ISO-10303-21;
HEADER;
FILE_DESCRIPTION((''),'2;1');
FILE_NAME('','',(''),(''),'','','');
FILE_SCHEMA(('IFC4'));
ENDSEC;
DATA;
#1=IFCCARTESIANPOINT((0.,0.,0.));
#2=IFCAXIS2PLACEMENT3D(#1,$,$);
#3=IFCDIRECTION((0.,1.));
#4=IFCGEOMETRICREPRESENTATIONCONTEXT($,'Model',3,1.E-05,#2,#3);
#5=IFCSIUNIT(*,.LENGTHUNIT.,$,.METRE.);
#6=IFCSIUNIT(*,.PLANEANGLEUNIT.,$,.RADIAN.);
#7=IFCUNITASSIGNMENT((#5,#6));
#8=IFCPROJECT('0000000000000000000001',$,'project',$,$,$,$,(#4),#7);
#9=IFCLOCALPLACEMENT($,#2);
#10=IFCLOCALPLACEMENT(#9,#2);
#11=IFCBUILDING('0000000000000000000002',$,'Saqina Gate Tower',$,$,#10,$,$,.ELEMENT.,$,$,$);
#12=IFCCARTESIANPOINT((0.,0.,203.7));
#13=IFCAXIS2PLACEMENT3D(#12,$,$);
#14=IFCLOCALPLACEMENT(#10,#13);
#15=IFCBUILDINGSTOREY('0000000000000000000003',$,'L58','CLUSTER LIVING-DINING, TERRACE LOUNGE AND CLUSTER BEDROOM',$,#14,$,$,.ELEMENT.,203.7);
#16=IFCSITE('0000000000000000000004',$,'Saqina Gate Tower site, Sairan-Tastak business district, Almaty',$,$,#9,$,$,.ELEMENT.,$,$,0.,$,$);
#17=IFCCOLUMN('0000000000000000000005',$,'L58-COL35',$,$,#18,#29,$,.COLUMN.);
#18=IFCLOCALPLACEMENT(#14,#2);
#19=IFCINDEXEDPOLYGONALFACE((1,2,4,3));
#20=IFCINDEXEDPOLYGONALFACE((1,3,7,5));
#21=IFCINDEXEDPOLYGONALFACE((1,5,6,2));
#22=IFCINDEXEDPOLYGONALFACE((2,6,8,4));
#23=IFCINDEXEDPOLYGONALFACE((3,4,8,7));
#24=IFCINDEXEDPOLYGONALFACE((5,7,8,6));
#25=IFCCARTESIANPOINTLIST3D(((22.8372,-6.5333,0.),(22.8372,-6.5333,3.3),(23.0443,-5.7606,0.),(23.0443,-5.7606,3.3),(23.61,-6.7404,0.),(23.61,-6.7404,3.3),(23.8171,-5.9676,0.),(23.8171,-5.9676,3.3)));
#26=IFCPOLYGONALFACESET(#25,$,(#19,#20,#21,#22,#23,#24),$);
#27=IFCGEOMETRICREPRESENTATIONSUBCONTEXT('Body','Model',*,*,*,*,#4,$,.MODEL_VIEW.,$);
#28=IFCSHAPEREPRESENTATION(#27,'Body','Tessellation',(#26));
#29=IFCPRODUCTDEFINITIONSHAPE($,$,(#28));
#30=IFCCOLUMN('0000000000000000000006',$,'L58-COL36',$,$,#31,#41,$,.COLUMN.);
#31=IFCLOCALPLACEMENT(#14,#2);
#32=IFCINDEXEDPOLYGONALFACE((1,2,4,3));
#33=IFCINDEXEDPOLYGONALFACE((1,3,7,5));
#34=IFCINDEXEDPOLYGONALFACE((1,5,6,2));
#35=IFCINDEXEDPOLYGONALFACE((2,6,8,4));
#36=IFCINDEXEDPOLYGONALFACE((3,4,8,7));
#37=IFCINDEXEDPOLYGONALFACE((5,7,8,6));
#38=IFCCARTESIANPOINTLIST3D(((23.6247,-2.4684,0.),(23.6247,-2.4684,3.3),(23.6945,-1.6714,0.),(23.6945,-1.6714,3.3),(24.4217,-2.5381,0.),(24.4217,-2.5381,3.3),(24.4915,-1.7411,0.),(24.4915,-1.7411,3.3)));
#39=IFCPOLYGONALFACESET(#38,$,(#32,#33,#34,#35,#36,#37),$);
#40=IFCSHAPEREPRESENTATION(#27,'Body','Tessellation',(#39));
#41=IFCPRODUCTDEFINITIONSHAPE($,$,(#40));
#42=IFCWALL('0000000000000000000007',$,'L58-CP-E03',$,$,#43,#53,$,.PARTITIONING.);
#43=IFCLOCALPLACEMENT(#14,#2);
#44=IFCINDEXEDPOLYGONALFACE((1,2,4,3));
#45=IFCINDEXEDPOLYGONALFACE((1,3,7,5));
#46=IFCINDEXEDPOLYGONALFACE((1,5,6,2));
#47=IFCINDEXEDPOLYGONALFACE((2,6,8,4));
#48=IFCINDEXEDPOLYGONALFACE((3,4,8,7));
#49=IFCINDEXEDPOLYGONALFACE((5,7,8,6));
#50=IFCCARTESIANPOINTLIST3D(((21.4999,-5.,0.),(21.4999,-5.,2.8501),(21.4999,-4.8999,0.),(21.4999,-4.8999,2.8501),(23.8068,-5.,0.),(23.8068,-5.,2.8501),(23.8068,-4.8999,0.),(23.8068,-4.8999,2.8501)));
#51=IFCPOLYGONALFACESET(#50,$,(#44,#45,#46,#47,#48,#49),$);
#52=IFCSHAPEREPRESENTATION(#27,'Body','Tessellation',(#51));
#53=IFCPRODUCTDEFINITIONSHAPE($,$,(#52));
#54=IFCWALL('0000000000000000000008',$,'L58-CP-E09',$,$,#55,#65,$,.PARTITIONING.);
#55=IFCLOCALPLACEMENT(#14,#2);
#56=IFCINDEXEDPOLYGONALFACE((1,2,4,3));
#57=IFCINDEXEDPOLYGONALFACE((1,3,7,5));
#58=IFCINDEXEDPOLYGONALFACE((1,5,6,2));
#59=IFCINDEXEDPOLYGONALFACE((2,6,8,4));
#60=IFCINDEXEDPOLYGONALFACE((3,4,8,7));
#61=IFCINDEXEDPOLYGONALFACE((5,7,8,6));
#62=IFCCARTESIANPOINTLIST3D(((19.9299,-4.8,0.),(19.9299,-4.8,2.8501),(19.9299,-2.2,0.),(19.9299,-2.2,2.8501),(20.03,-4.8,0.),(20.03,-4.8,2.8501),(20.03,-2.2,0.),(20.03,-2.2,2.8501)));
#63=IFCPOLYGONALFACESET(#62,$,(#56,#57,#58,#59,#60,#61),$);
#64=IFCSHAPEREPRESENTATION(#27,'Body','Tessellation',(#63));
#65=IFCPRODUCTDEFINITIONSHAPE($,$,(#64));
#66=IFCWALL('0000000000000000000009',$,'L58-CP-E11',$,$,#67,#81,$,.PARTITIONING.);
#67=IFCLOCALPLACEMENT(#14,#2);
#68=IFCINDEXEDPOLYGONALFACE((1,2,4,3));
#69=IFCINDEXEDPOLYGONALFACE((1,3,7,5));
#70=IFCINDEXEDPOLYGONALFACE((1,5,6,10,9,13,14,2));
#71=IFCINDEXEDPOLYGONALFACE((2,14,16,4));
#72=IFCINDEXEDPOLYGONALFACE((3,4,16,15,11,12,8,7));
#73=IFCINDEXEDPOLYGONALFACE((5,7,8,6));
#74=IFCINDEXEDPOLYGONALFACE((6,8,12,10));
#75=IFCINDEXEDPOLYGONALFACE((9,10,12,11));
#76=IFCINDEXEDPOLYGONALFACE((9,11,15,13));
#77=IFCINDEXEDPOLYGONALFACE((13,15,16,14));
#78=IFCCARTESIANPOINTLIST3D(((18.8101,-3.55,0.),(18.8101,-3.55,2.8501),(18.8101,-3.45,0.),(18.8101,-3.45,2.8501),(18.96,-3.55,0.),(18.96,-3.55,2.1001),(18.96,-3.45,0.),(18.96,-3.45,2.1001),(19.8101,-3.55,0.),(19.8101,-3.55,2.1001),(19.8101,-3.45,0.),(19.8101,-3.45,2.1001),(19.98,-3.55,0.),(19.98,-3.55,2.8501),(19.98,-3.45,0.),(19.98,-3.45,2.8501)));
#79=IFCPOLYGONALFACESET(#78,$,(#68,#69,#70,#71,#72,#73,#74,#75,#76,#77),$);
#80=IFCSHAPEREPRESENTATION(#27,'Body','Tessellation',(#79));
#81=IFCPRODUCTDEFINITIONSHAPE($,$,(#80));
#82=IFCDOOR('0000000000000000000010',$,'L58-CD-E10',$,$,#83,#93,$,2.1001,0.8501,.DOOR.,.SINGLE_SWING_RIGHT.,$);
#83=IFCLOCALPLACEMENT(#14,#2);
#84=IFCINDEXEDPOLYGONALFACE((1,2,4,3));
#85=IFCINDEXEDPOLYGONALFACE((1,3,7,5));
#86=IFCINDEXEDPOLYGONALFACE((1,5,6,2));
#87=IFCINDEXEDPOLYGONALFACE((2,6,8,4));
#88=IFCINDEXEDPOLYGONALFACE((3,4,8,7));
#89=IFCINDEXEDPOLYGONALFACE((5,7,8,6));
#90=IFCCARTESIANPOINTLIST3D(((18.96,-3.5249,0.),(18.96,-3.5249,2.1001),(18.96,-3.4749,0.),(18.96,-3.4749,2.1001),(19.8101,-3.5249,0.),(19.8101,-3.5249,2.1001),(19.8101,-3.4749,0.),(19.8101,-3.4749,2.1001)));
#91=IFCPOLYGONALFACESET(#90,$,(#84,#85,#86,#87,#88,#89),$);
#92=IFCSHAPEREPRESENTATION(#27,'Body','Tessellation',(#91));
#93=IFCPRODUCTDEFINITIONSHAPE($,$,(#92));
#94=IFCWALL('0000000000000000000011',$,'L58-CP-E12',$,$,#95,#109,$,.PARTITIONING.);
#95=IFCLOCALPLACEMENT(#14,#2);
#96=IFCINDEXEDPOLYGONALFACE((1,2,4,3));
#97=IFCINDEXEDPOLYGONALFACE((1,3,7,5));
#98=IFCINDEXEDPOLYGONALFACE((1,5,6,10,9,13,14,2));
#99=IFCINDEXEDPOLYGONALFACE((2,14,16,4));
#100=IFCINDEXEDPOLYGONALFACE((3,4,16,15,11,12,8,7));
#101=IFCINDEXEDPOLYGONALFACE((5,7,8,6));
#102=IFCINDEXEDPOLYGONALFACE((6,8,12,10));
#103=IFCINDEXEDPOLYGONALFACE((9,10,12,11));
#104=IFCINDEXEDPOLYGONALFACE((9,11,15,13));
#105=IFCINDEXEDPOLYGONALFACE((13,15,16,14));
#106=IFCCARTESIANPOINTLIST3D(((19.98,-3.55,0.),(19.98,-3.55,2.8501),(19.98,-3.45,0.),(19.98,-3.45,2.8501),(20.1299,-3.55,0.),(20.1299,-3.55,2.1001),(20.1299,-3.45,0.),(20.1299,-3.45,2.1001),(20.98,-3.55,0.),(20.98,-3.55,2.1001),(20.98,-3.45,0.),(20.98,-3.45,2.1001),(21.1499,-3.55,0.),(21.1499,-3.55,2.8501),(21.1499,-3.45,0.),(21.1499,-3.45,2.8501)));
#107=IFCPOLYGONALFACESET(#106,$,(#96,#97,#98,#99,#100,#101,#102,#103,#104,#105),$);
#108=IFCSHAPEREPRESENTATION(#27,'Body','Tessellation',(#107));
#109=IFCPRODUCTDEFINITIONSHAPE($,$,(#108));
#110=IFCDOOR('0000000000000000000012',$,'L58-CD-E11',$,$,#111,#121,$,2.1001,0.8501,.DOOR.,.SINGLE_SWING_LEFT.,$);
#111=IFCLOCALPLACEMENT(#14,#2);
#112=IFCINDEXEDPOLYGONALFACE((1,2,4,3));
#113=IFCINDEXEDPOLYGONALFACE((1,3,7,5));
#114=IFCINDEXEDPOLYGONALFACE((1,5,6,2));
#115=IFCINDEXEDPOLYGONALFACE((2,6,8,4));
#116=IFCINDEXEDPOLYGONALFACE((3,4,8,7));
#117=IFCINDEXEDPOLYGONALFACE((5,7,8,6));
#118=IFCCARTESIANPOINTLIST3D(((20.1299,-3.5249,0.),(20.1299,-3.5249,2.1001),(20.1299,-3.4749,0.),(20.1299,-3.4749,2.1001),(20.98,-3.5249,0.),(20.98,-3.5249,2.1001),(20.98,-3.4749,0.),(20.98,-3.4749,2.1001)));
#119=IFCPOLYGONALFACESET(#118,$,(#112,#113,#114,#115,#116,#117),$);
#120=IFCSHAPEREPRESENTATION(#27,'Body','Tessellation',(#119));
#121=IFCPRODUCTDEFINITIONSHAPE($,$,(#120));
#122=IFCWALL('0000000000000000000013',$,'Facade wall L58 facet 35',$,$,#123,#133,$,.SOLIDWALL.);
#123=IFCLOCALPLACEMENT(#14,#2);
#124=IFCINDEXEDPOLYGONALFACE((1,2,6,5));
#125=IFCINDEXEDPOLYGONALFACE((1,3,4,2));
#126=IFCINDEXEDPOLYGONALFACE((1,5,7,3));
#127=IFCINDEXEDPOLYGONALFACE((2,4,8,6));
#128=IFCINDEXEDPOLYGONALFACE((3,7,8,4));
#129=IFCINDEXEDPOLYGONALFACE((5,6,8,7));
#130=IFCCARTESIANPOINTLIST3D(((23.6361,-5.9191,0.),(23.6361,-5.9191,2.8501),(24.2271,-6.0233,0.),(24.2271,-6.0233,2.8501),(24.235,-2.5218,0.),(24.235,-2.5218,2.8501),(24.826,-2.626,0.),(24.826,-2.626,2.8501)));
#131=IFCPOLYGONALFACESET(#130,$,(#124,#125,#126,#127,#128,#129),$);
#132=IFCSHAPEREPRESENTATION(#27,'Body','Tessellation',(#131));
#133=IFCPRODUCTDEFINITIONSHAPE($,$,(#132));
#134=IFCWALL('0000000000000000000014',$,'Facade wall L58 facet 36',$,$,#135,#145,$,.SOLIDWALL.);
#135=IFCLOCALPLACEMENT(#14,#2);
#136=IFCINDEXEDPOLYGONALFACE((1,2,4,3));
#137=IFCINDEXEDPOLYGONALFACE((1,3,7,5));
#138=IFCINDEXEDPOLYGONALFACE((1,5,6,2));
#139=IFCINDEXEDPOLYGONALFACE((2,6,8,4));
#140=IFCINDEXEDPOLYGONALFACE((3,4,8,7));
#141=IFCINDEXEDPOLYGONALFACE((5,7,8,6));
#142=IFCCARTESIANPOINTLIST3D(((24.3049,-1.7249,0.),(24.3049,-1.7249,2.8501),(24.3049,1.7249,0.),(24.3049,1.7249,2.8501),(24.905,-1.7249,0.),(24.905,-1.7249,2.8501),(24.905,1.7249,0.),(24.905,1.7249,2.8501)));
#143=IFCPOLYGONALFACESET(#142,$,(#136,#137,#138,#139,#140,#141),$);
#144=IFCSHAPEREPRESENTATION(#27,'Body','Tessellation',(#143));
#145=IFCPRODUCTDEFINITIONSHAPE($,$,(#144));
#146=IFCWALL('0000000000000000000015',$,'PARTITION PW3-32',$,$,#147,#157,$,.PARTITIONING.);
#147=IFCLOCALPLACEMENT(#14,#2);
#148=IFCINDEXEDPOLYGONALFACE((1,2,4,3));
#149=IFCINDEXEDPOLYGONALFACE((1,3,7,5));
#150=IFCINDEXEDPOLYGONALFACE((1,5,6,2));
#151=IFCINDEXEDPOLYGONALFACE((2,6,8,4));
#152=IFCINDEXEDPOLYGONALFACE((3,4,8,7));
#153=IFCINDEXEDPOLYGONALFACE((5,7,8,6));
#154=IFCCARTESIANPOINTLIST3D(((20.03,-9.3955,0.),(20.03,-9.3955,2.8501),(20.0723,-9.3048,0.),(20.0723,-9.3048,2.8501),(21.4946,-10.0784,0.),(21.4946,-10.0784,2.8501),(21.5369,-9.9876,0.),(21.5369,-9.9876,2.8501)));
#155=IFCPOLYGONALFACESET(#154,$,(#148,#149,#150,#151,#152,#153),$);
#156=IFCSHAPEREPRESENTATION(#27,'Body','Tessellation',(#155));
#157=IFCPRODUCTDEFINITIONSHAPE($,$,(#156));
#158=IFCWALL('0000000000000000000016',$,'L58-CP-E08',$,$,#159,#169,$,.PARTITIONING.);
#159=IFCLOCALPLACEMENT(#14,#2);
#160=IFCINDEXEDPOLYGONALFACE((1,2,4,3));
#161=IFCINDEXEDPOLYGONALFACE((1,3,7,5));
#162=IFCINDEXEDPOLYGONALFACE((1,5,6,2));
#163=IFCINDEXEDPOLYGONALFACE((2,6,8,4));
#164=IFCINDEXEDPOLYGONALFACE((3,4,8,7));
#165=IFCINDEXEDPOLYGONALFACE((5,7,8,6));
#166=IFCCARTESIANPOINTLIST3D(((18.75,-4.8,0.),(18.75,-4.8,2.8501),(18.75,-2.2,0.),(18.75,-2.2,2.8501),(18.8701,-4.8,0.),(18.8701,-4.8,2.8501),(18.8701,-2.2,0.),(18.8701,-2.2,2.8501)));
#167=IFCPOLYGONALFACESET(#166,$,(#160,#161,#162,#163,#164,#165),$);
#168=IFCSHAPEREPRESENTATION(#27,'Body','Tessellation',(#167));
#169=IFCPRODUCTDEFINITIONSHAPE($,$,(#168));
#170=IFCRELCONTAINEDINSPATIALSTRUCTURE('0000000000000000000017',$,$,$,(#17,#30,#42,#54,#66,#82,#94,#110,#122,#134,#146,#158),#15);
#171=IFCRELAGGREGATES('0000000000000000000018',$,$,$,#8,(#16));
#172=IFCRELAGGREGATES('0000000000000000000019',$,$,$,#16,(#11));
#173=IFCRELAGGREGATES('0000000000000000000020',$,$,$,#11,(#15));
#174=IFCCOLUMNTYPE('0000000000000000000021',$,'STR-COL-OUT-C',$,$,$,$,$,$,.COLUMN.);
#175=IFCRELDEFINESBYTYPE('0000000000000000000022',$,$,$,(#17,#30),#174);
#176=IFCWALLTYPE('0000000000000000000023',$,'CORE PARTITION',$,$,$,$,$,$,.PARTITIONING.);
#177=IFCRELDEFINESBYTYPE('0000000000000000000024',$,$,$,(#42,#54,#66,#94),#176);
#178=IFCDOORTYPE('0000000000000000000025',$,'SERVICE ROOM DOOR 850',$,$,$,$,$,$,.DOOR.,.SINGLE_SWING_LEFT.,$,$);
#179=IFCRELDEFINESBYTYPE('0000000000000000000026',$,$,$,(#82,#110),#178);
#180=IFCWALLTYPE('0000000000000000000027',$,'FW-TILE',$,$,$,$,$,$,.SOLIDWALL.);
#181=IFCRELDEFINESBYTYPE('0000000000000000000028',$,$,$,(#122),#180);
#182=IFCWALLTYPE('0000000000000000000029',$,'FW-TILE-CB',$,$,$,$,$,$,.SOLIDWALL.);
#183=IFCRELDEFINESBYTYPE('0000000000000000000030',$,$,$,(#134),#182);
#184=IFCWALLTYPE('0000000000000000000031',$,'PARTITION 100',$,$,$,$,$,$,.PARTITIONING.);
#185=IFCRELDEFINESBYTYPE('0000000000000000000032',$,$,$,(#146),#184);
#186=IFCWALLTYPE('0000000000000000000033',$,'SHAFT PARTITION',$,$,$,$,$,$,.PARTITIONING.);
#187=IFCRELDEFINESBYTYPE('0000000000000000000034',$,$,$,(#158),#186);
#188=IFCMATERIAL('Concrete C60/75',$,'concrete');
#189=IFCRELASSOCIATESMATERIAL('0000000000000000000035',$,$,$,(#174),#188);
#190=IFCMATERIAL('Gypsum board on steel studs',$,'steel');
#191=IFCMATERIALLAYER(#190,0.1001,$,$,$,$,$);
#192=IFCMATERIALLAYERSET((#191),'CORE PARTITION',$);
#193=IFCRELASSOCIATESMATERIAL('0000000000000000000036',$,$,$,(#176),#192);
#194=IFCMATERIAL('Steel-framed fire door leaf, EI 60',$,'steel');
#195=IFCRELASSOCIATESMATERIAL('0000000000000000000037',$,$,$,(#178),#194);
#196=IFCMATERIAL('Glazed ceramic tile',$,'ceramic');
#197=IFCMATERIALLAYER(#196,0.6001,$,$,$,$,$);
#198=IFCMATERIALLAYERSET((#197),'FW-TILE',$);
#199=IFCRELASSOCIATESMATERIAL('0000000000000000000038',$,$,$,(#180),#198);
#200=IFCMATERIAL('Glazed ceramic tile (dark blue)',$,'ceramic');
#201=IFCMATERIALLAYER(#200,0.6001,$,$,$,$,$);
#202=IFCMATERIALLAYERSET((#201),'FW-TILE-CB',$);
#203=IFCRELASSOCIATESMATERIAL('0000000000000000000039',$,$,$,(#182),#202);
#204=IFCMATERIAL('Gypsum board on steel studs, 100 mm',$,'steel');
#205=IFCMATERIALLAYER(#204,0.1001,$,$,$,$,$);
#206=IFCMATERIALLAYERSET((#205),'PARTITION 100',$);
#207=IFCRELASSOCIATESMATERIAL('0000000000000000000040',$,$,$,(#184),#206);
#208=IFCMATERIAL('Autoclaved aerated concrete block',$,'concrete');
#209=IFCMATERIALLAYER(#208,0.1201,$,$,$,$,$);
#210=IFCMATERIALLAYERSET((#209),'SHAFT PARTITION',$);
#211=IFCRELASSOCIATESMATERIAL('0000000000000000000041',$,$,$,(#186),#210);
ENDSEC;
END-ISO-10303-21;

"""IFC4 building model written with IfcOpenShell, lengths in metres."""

from ifc_helpers import new_model, si_unit, direction, frame, frame_2d, origin, origin_2d, place, context, subcontext, project, spatial, rectangle, extrude, material, layer, layer_set, material_profile, profile_set, type_object, element, fill, save


model = new_model("IFC4")

# Units and contexts
model_context = context("Model", 3, precision=1e-05, world=origin(), true_north=direction((0.0, 1.0)))
body_context = subcontext(model_context, "Body", "Model", "MODEL_VIEW")
ifc_project = project(units=[si_unit("LENGTHUNIT", "METRE"), si_unit("PLANEANGLEUNIT", "RADIAN")], contexts=[model_context])

# Site, building, storey
site_placement = place(None, origin())
site = spatial("IfcSite", under=ifc_project, at=site_placement, Name="Saqina Gate Tower site, Sairan-Tastak business district, Almaty", CompositionType="ELEMENT", RefElevation=0.0)
building_placement = place(site_placement, origin())
building = spatial("IfcBuilding", under=site, at=building_placement, Name="Saqina Gate Tower", CompositionType="ELEMENT")
storey_placement = place(building_placement, frame((0.0, 0.0, 203.7)))
storey = spatial("IfcBuildingStorey", under=building, at=storey_placement, Name="L58", Description="CLUSTER LIVING-DINING, TERRACE LOUNGE AND CLUSTER BEDROOM", CompositionType="ELEMENT", Elevation=203.7)

# Columns
ifc_material_1 = material(Name="Concrete C60/75", Category="concrete")
ifc_material_profile = material_profile(ifc_material_1, rectangle(XDim=0.8, YDim=0.8, at=origin_2d()), Name="RC 800x800")
ifc_profile_set = profile_set([ifc_material_profile], Name="Concrete C60/75")
column_type = type_object("IfcColumnType", Name="STR-COL-OUT-C", PredefinedType="COLUMN", material=ifc_profile_set)
for number, where, z_axis, x_axis, name in (
    (1, (23.3271, -6.2505, 0.0), (0.0, 0.0, 1.0), (0.965926, -0.258819, 0.0), "L58-COL35"),
    (2, (24.0581, -2.1047, 0.0), (0.0, 0.0, 1.0), (0.996195, -0.087156, 0.0), "L58-COL36"),
):
    element("IfcColumn", number, at=place(storey_placement, frame(where, z_axis=z_axis, x_axis=x_axis)), inside=storey, type_object=column_type, Name=name, PredefinedType="COLUMN", context=body_context, shape_type="SweptSolid", body=[
        extrude(rectangle(XDim=0.8, YDim=0.8, at=origin_2d()), origin(), (0.0, 0.0, 1.0), 3.3),
    ])

# Walls
ifc_material_2 = material(Name="Gypsum board on steel studs", Category="steel")
ifc_layer_1 = layer(ifc_material_2, 0.1001)
ifc_layer_set_1 = layer_set([ifc_layer_1], Name="CORE PARTITION")
wall_type_1 = type_object("IfcWallType", Name="CORE PARTITION", PredefinedType="PARTITIONING", material=ifc_layer_set_1)
wall_1_placement = place(storey_placement, frame((21.5, -4.95, 0.0), z_axis=(0.0, 0.0, 1.0), x_axis=(1.0, 0.0, 0.0)))
element("IfcWall", 3, at=wall_1_placement, inside=storey, type_object=wall_type_1, Name="L58-CP-E03", PredefinedType="PARTITIONING", context=body_context, shape_type="SweptSolid", body=[
    extrude(rectangle(XDim=2.3069, YDim=0.1001, at=frame_2d((1.1533, 0.0))), origin(), (0.0, 0.0, 1.0), 2.8501),
])
wall_2_placement = place(storey_placement, frame((19.98, -4.8, 0.0), z_axis=(0.0, 0.0, 1.0), x_axis=(0.0, 1.0, 0.0)))
element("IfcWall", 4, at=wall_2_placement, inside=storey, type_object=wall_type_1, Name="L58-CP-E09", PredefinedType="PARTITIONING", context=body_context, shape_type="SweptSolid", body=[
    extrude(rectangle(XDim=2.6001, YDim=0.1001, at=frame_2d((1.3, 0.0))), origin(), (0.0, 0.0, 1.0), 2.8501),
])

# Walls, openings, doors
wall_3_placement = place(storey_placement, frame((18.8101, -3.5, 0.0), z_axis=(0.0, 0.0, 1.0), x_axis=(1.0, 0.0, 0.0)))
wall_3 = element("IfcWall", 5, at=wall_3_placement, inside=storey, type_object=wall_type_1, Name="L58-CP-E11", PredefinedType="PARTITIONING", context=body_context, shape_type="SweptSolid", body=[
    extrude(rectangle(XDim=1.1699, YDim=0.1001, at=frame_2d((0.585, 0.0))), origin(), (0.0, 0.0, 1.0), 2.8501),
])
opening_1_placement = place(wall_3_placement, frame((0.1499, 0.0, 0.0)))
opening_1 = element("IfcOpeningElement", 6, at=opening_1_placement, cuts=wall_3, PredefinedType="OPENING", context=body_context, shape_type="SweptSolid", body=[
    extrude(rectangle(XDim=0.8501, YDim=2.1001, at=frame_2d((0.425, 1.05))), frame((0.0, 0.062, 0.0), z_axis=(0.0, -1.0, 0.0), x_axis=(1.0, 0.0, 0.0)), (0.0, 0.0, 1.0), 0.124),
])
ifc_material_3 = material(Name="Steel-framed fire door leaf, EI 60", Category="steel")
door_type_1 = type_object("IfcDoorType", Name="SERVICE ROOM DOOR 850", OperationType="SINGLE_SWING_LEFT", PredefinedType="DOOR", material=ifc_material_3)
door_1_placement = place(opening_1_placement, frame((0.8501, 0.0, 0.0), z_axis=(0.0, 0.0, 1.0), x_axis=(-1.0, 0.0, 0.0)))
door_1 = element("IfcDoor", 7, at=door_1_placement, inside=storey, type_object=door_type_1, Name="L58-CD-E10", OperationType="SINGLE_SWING_RIGHT", OverallHeight=2.1001, OverallWidth=0.8501, PredefinedType="DOOR", context=body_context, shape_type="SweptSolid", body=[
    extrude(rectangle(XDim=0.8501, YDim=2.1001, at=frame_2d((0.425, 1.05))), frame((0.0, 0.0249, 0.0), z_axis=(0.0, -1.0, 0.0), x_axis=(1.0, 0.0, 0.0)), (0.0, 0.0, 1.0), 0.05),
])
fill(opening_1, door_1)
wall_4_placement = place(storey_placement, frame((19.98, -3.5, 0.0), z_axis=(0.0, 0.0, 1.0), x_axis=(1.0, 0.0, 0.0)))
wall_4 = element("IfcWall", 8, at=wall_4_placement, inside=storey, type_object=wall_type_1, Name="L58-CP-E12", PredefinedType="PARTITIONING", context=body_context, shape_type="SweptSolid", body=[
    extrude(rectangle(XDim=1.1699, YDim=0.1001, at=frame_2d((0.585, 0.0))), origin(), (0.0, 0.0, 1.0), 2.8501),
])
opening_2_placement = place(wall_4_placement, frame((0.1499, 0.0, 0.0)))
opening_2 = element("IfcOpeningElement", 9, at=opening_2_placement, cuts=wall_4, PredefinedType="OPENING", context=body_context, shape_type="SweptSolid", body=[
    extrude(rectangle(XDim=0.8501, YDim=2.1001, at=frame_2d((0.425, 1.05))), frame((0.0, 0.062, 0.0), z_axis=(0.0, -1.0, 0.0), x_axis=(1.0, 0.0, 0.0)), (0.0, 0.0, 1.0), 0.124),
])
door_2_placement = place(opening_2_placement, frame((0.8501, 0.0, 0.0), z_axis=(0.0, 0.0, 1.0), x_axis=(-1.0, 0.0, 0.0)))
door_2 = element("IfcDoor", 10, at=door_2_placement, inside=storey, type_object=door_type_1, Name="L58-CD-E11", OperationType="SINGLE_SWING_LEFT", OverallHeight=2.1001, OverallWidth=0.8501, PredefinedType="DOOR", context=body_context, shape_type="SweptSolid", body=[
    extrude(rectangle(XDim=0.8501, YDim=2.1001, at=frame_2d((0.425, 1.05))), frame((0.0, 0.0249, 0.0), z_axis=(0.0, -1.0, 0.0), x_axis=(1.0, 0.0, 0.0)), (0.0, 0.0, 1.0), 0.05),
])
fill(opening_2, door_2)

# Walls
ifc_material_4 = material(Name="Glazed ceramic tile", Category="ceramic")
ifc_layer_2 = layer(ifc_material_4, 0.6001)
ifc_layer_set_2 = layer_set([ifc_layer_2], Name="FW-TILE")
wall_type_2 = type_object("IfcWallType", Name="FW-TILE", PredefinedType="SOLIDWALL", material=ifc_layer_set_2)
wall_5_placement = place(storey_placement, frame((23.9316, -5.9712, 0.0), z_axis=(0.0, 0.0, 1.0), x_axis=(0.173608, 0.984815, 0.0)))
element("IfcWall", 11, at=wall_5_placement, inside=storey, type_object=wall_type_2, Name="Facade wall L58 facet 35", PredefinedType="SOLIDWALL", context=body_context, shape_type="SweptSolid", body=[
    extrude(rectangle(XDim=3.4497, YDim=0.6001, at=frame_2d((1.7249, 0.0))), origin(), (0.0, 0.0, 1.0), 2.8501),
])
ifc_material_5 = material(Name="Glazed ceramic tile (dark blue)", Category="ceramic")
ifc_layer_3 = layer(ifc_material_5, 0.6001)
ifc_layer_set_3 = layer_set([ifc_layer_3], Name="FW-TILE-CB")
wall_type_3 = type_object("IfcWallType", Name="FW-TILE-CB", PredefinedType="SOLIDWALL", material=ifc_layer_set_3)
wall_6_placement = place(storey_placement, frame((24.605, -1.7249, 0.0), z_axis=(0.0, 0.0, 1.0), x_axis=(0.0, 1.0, 0.0)))
element("IfcWall", 12, at=wall_6_placement, inside=storey, type_object=wall_type_3, Name="Facade wall L58 facet 36", PredefinedType="SOLIDWALL", context=body_context, shape_type="SweptSolid", body=[
    extrude(rectangle(XDim=3.4497, YDim=0.6001, at=frame_2d((1.7249, 0.0))), origin(), (0.0, 0.0, 1.0), 2.8501),
])
ifc_material_6 = material(Name="Gypsum board on steel studs, 100 mm", Category="steel")
ifc_layer_4 = layer(ifc_material_6, 0.1001)
ifc_layer_set_4 = layer_set([ifc_layer_4], Name="PARTITION 100")
wall_type_4 = type_object("IfcWallType", Name="PARTITION 100", PredefinedType="PARTITIONING", material=ifc_layer_set_4)
wall_7_placement = place(storey_placement, frame((20.051, -9.3501, 0.0), z_axis=(0.0, 0.0, 1.0), x_axis=(0.90633, -0.422571, 0.0)))
element("IfcWall", 13, at=wall_7_placement, inside=storey, type_object=wall_type_4, Name="PARTITION PW3-32", PredefinedType="PARTITIONING", context=body_context, shape_type="SweptSolid", body=[
    extrude(rectangle(XDim=1.616, YDim=0.1001, at=frame_2d((0.8081, 0.0))), origin(), (0.0, 0.0, 1.0), 2.8501),
])
ifc_material_7 = material(Name="Autoclaved aerated concrete block", Category="concrete")
ifc_layer_5 = layer(ifc_material_7, 0.1201)
ifc_layer_set_5 = layer_set([ifc_layer_5], Name="SHAFT PARTITION")
wall_type_5 = type_object("IfcWallType", Name="SHAFT PARTITION", PredefinedType="PARTITIONING", material=ifc_layer_set_5)
wall_8_placement = place(storey_placement, frame((18.8101, -4.8, 0.0), z_axis=(0.0, 0.0, 1.0), x_axis=(0.0, 1.0, 0.0)))
element("IfcWall", 14, at=wall_8_placement, inside=storey, type_object=wall_type_5, Name="L58-CP-E08", PredefinedType="PARTITIONING", context=body_context, shape_type="SweptSolid", body=[
    extrude(rectangle(XDim=2.6001, YDim=0.1201, at=frame_2d((1.3, 0.0))), origin(), (0.0, 0.0, 1.0), 2.8501),
])

save(model, "model.ifc")
